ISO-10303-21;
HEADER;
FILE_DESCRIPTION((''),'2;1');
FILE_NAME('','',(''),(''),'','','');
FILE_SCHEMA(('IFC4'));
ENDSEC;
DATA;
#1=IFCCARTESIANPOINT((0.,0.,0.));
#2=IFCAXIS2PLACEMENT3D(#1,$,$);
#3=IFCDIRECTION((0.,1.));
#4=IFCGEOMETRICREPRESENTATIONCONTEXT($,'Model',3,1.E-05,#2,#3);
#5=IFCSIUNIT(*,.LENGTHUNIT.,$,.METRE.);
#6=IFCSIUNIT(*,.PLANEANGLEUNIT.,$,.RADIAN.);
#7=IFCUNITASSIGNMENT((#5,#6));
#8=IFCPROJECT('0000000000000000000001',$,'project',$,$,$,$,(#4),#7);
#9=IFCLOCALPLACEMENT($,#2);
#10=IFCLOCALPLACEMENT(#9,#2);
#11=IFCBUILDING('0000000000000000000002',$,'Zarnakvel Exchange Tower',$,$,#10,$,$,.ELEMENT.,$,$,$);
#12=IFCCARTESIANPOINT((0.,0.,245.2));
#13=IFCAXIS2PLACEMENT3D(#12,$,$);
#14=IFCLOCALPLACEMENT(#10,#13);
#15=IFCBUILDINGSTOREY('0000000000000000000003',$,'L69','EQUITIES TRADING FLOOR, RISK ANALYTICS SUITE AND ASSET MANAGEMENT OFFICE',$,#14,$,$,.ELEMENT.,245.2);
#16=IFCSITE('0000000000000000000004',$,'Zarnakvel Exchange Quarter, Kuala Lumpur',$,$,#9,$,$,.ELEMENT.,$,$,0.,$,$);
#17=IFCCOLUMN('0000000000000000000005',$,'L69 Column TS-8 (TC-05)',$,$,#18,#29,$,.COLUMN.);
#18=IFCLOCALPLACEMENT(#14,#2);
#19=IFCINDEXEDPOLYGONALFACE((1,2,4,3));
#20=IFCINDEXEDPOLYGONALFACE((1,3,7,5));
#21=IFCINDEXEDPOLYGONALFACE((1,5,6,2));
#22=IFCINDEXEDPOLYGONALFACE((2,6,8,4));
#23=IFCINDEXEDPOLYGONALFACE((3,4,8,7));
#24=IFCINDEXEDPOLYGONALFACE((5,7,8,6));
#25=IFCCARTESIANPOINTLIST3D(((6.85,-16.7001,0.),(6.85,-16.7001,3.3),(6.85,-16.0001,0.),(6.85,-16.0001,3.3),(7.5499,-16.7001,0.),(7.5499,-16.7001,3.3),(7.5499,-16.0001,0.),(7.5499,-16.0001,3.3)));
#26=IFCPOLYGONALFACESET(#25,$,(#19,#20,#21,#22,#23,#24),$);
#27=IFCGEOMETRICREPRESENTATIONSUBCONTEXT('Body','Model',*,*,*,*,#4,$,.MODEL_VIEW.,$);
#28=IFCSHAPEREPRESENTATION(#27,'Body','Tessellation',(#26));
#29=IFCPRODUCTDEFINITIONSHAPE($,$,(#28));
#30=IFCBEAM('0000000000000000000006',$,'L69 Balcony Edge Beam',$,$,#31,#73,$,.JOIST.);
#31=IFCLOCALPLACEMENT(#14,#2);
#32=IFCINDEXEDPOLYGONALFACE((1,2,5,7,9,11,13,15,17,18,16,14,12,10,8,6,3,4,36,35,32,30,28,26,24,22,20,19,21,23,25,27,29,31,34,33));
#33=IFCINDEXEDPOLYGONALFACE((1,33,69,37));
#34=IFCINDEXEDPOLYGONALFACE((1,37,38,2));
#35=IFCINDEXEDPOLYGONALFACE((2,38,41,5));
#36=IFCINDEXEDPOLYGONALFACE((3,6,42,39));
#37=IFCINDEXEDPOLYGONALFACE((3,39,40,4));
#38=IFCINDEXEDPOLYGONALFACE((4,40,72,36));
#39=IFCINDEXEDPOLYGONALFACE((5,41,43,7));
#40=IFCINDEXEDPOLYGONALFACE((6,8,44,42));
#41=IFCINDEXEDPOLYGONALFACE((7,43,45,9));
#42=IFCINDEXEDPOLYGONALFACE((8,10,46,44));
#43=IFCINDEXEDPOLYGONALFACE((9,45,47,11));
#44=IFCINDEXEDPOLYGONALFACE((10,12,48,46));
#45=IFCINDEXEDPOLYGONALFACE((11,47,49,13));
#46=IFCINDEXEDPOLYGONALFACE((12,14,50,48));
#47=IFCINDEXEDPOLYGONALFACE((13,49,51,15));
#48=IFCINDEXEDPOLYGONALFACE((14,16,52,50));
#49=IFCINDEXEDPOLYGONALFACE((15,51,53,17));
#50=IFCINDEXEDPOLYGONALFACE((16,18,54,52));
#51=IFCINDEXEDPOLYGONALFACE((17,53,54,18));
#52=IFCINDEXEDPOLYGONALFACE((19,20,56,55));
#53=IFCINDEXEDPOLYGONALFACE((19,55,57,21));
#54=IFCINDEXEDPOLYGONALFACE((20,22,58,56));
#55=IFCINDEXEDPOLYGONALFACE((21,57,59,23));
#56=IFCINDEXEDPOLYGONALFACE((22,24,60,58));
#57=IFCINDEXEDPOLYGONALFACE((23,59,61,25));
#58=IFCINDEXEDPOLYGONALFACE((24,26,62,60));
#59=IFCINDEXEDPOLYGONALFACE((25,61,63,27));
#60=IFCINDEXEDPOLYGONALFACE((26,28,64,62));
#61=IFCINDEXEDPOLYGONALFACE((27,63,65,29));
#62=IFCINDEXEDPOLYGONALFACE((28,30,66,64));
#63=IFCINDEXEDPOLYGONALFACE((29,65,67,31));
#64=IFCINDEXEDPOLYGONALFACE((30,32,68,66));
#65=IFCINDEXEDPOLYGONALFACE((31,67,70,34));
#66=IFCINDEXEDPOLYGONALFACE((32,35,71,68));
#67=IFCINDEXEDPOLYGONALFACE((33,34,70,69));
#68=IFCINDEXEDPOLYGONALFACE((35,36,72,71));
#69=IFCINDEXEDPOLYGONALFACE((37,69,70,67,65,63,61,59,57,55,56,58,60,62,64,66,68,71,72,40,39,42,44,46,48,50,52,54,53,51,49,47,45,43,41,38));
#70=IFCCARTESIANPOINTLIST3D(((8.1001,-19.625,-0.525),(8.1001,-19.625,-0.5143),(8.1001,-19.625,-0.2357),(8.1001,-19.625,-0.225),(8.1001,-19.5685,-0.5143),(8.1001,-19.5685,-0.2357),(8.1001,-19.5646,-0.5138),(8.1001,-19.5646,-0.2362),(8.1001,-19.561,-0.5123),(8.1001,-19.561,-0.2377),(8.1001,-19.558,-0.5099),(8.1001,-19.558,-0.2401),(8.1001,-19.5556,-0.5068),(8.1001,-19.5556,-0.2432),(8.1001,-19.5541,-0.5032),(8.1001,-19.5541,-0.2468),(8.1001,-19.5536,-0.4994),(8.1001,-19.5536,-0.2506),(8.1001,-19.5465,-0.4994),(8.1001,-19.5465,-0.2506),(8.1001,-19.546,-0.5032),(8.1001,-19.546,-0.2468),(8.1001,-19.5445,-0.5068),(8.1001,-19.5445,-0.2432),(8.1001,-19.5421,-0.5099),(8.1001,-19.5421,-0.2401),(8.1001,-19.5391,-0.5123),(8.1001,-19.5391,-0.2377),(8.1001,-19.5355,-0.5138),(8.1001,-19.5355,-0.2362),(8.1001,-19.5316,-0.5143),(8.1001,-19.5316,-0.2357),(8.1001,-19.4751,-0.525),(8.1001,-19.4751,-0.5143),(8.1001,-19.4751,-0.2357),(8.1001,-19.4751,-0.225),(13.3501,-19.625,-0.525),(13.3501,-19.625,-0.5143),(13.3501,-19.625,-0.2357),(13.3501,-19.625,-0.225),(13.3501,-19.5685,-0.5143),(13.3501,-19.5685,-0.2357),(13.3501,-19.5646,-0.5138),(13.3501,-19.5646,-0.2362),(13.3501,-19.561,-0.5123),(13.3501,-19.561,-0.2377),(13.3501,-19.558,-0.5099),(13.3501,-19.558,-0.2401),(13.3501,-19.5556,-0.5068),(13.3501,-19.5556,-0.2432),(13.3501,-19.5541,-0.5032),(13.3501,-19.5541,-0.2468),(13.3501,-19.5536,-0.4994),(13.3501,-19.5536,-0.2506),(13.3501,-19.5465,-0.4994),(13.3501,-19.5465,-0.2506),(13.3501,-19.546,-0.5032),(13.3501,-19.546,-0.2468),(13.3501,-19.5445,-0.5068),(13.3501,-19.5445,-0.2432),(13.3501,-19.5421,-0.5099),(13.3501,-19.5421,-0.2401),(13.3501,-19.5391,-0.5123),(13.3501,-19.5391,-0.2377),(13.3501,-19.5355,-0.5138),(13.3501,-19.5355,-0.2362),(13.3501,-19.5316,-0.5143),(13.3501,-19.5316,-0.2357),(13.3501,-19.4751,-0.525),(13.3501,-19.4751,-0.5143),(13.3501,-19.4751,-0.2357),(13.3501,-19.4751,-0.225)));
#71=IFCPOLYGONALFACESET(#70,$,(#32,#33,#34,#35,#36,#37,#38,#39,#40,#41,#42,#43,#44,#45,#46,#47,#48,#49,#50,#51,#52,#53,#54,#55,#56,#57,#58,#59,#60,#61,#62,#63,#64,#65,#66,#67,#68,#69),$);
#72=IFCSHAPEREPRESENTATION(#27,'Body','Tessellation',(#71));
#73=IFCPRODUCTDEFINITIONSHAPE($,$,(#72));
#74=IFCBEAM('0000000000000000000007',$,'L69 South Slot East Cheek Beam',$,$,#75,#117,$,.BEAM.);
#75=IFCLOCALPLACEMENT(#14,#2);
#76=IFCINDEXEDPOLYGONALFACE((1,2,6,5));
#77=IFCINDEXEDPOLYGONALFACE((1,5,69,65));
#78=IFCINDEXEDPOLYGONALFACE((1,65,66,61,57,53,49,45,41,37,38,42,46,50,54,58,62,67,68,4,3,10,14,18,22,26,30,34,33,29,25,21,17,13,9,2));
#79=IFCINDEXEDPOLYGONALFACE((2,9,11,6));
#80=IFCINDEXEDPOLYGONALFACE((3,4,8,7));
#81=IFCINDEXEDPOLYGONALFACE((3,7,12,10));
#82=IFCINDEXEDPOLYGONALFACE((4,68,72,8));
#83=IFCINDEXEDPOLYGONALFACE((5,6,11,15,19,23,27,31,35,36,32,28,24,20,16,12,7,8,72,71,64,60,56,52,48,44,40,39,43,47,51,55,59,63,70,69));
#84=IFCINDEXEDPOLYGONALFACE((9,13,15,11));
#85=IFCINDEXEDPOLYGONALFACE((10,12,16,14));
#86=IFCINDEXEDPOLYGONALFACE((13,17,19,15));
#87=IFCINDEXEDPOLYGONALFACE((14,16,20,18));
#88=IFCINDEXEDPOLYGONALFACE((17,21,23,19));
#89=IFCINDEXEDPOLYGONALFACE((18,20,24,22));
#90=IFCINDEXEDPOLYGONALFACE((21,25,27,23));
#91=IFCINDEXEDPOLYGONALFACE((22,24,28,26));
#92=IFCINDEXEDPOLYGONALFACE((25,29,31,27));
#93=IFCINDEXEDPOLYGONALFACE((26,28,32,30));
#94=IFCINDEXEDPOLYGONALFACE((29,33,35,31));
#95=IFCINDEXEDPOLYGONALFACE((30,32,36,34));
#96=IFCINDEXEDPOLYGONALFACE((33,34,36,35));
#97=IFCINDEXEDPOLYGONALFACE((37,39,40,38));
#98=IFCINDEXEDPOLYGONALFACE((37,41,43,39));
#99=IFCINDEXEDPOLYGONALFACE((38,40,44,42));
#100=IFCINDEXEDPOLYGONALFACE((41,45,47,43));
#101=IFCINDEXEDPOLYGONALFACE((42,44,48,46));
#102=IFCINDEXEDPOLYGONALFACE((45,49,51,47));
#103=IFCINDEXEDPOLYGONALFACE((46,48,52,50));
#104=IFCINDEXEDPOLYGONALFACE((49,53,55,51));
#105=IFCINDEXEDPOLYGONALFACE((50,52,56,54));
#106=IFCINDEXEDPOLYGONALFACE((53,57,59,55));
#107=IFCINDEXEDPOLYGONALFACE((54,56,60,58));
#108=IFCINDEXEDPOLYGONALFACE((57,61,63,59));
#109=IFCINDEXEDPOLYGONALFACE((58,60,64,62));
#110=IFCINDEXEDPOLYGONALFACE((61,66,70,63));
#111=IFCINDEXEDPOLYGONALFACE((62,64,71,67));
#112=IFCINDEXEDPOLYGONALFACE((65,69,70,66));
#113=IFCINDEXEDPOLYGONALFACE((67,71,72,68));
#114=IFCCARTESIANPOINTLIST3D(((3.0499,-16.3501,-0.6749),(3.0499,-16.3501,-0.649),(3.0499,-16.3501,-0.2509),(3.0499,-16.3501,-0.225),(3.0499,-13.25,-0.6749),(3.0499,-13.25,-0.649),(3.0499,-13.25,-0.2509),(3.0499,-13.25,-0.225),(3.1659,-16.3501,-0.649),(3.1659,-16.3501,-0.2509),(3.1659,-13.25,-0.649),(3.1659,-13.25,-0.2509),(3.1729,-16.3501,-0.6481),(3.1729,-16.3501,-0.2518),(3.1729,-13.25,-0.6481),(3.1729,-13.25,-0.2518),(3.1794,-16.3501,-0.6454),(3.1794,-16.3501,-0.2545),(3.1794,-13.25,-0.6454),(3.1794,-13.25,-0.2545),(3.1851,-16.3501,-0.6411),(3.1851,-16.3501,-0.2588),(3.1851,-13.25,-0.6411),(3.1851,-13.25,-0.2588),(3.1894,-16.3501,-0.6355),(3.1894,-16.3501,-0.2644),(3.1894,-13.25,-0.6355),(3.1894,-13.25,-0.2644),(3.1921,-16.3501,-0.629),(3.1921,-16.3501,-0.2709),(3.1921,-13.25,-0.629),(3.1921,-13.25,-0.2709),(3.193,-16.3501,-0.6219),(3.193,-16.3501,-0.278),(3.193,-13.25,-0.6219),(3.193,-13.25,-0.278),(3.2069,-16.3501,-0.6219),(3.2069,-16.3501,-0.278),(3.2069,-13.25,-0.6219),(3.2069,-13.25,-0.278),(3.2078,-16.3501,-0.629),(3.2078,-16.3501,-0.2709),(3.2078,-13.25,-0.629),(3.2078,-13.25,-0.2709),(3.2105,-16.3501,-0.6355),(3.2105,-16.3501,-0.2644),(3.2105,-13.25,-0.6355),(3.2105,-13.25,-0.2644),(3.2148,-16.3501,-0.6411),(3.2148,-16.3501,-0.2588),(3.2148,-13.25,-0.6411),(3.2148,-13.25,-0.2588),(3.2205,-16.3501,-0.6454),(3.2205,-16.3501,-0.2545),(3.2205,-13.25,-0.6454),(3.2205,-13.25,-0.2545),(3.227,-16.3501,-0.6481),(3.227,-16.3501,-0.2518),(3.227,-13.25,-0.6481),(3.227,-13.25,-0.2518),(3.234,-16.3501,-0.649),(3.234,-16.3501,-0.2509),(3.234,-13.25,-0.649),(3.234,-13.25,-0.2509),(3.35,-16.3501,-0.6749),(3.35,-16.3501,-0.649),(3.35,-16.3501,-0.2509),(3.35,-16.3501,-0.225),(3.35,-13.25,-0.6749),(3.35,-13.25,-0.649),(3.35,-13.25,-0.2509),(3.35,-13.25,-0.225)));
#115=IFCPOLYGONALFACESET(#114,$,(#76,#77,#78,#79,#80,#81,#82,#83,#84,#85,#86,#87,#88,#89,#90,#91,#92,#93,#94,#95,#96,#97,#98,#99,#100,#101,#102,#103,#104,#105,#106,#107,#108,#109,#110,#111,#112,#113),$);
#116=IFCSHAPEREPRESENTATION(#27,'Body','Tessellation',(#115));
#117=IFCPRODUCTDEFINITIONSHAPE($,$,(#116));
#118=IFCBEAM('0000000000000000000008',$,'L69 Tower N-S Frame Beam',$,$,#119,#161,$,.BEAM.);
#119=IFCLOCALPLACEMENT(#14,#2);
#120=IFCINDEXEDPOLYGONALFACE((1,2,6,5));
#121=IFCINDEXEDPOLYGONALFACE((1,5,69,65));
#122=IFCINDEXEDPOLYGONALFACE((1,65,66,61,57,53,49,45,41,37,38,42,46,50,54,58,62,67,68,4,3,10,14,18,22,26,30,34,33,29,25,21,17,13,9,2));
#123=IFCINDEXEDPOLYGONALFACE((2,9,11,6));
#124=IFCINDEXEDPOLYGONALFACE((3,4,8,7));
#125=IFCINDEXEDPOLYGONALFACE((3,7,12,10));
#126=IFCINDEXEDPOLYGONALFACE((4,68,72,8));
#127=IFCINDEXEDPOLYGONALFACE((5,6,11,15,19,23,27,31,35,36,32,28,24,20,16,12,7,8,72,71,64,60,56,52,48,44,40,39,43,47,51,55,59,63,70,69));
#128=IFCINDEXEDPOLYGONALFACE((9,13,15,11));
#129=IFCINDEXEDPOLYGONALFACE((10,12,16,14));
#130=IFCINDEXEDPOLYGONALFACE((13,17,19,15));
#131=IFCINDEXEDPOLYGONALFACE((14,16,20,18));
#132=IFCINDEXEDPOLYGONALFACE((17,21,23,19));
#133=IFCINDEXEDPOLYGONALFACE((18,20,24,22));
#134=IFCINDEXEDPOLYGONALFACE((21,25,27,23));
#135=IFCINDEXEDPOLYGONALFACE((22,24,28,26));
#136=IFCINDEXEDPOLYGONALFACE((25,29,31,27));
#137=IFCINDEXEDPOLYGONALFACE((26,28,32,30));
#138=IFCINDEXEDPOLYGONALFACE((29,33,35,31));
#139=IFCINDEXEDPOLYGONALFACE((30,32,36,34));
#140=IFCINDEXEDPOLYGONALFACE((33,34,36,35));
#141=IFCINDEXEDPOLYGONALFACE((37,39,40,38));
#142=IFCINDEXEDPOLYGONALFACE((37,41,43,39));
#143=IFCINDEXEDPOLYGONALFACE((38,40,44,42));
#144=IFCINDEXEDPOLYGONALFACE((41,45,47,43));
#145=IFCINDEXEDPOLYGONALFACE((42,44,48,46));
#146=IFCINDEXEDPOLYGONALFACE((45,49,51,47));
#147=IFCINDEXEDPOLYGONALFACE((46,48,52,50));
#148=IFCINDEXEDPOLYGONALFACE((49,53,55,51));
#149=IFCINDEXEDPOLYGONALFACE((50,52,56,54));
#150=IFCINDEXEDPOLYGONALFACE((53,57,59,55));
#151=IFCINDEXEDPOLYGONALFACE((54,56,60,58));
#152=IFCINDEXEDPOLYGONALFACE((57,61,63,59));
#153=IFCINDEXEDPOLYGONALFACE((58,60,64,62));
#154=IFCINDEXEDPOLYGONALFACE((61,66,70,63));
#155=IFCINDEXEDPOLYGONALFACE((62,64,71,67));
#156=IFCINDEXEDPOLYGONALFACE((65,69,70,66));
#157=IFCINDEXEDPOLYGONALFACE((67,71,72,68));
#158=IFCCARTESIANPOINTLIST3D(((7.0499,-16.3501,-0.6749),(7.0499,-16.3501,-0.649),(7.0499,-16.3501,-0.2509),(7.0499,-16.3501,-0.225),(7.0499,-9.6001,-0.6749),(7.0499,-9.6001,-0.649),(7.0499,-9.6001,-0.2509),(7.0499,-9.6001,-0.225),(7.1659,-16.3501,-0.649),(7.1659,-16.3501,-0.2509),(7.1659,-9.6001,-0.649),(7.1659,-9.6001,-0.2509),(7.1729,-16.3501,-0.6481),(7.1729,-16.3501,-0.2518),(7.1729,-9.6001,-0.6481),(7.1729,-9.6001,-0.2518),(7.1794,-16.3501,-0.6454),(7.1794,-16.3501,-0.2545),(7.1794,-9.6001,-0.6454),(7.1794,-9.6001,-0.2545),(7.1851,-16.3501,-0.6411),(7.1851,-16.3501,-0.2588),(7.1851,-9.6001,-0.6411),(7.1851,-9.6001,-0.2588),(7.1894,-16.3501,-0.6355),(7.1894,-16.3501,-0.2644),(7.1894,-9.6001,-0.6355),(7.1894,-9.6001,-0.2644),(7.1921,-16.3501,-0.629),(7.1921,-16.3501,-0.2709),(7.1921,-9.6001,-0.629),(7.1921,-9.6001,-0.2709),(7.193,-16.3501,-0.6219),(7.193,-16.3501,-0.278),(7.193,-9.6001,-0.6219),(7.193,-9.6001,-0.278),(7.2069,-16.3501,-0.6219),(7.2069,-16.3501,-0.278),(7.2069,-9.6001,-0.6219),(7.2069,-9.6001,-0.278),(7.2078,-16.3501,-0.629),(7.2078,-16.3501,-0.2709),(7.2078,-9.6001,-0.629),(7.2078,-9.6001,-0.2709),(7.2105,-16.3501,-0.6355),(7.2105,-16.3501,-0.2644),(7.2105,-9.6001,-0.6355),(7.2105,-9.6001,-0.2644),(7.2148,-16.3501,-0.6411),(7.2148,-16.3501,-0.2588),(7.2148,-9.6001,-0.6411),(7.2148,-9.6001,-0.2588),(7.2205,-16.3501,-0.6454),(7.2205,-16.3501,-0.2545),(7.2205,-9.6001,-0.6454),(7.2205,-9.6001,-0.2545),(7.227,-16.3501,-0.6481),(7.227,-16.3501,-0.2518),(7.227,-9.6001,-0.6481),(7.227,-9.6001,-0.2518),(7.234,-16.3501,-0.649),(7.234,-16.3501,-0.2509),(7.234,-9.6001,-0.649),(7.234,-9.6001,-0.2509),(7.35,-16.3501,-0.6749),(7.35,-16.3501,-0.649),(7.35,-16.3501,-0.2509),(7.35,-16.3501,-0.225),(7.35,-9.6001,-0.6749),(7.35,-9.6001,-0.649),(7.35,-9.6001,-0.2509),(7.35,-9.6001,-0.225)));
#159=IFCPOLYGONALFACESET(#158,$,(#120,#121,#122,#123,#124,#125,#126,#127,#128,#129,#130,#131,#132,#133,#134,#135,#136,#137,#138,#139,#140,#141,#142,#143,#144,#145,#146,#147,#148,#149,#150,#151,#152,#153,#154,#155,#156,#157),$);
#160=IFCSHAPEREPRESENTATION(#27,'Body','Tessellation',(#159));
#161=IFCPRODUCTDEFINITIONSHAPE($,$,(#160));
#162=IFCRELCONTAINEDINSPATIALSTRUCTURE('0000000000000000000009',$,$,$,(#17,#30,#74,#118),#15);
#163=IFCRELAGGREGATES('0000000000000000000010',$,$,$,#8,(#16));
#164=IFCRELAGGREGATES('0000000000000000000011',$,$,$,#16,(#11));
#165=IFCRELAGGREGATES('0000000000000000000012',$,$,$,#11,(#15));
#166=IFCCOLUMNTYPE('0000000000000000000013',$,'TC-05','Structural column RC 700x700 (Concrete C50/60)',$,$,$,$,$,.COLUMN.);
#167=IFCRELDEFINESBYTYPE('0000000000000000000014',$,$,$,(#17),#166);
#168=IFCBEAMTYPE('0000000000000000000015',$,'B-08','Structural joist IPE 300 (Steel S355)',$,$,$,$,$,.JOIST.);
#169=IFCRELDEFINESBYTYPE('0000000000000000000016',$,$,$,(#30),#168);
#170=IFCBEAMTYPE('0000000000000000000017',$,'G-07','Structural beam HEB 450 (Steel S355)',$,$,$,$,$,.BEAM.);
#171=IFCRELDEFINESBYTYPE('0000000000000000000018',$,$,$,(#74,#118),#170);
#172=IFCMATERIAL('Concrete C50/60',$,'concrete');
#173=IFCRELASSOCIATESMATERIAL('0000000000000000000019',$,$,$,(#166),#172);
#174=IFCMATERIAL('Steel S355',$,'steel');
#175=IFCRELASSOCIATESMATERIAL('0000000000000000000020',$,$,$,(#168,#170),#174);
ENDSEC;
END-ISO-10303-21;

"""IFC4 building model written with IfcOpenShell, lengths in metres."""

from ifc_helpers import new_model, si_unit, direction, frame, origin, origin_2d, place, context, subcontext, project, spatial, rectangle, i_section, extrude, material, material_profile, profile_set, type_object, element, save


model = new_model("IFC4")

# Units and contexts
model_context = context("Model", 3, precision=1e-05, world=origin(), true_north=direction((0.0, 1.0)))
body_context = subcontext(model_context, "Body", "Model", "MODEL_VIEW")
ifc_project = project(units=[si_unit("LENGTHUNIT", "METRE"), si_unit("PLANEANGLEUNIT", "RADIAN")], contexts=[model_context])

# Site, building, storey
site_placement = place(None, origin())
site = spatial("IfcSite", under=ifc_project, at=site_placement, Name="Zarnakvel Exchange Quarter, Kuala Lumpur", CompositionType="ELEMENT", RefElevation=0.0)
building_placement = place(site_placement, origin())
building = spatial("IfcBuilding", under=site, at=building_placement, Name="Zarnakvel Exchange Tower", CompositionType="ELEMENT")
storey_placement = place(building_placement, frame((0.0, 0.0, 245.2)))
storey = spatial("IfcBuildingStorey", under=building, at=storey_placement, Name="L69", Description="EQUITIES TRADING FLOOR, RISK ANALYTICS SUITE AND ASSET MANAGEMENT OFFICE", CompositionType="ELEMENT", Elevation=245.2)

# Column
ifc_material_1 = material(Name="Concrete C50/60", Category="concrete")
ifc_material_profile_1 = material_profile(ifc_material_1, rectangle(XDim=0.7, YDim=0.7, at=origin_2d()))
ifc_profile_set_1 = profile_set([ifc_material_profile_1], Name="Concrete C50/60")
column_type = type_object("IfcColumnType", Name="TC-05", Description="Structural column RC 700x700 (Concrete C50/60)", PredefinedType="COLUMN", material=ifc_profile_set_1)
column_placement = place(storey_placement, frame((7.2, -16.3501, 0.0), z_axis=(0.0, 0.0, 1.0), x_axis=(1.0, 0.0, 0.0)))
element("IfcColumn", 1, at=column_placement, inside=storey, type_object=column_type, Name="L69 Column TS-8 (TC-05)", PredefinedType="COLUMN", context=body_context, shape_type="SweptSolid", body=[
    extrude(rectangle(XDim=0.7, YDim=0.7, at=origin_2d()), origin(), (0.0, 0.0, 1.0), 3.3),
])

# Beams
ifc_material_2 = material(Name="Steel S355", Category="steel")
ifc_material_profile_2 = material_profile(ifc_material_2, i_section(OverallWidth=0.1499, OverallDepth=0.3, WebThickness=0.0071, FlangeThickness=0.0107, FilletRadius=0.0149, at=origin_2d()))
ifc_profile_set_2 = profile_set([ifc_material_profile_2], Name="Steel S355")
beam_type_1 = type_object("IfcBeamType", Name="B-08", Description="Structural joist IPE 300 (Steel S355)", PredefinedType="JOIST", material=ifc_profile_set_2)
beam_1_placement = place(storey_placement, frame((8.1001, -19.55, -0.375), z_axis=(1.0, 0.0, 0.0), x_axis=(0.0, 1.0, 0.0)))
element("IfcBeam", 2, at=beam_1_placement, inside=storey, type_object=beam_type_1, Name="L69 Balcony Edge Beam", PredefinedType="JOIST", context=body_context, shape_type="SweptSolid", body=[
    extrude(i_section(OverallWidth=0.1499, OverallDepth=0.3, WebThickness=0.0071, FlangeThickness=0.0107, FilletRadius=0.0149, at=origin_2d()), origin(), (0.0, 0.0, 1.0), 5.25),
])
ifc_material_profile_3 = material_profile(ifc_material_2, i_section(OverallWidth=0.3, OverallDepth=0.45, WebThickness=0.0139, FlangeThickness=0.0259, FilletRadius=0.0271, at=origin_2d()))
ifc_profile_set_3 = profile_set([ifc_material_profile_3], Name="Steel S355")
beam_type_2 = type_object("IfcBeamType", Name="G-07", Description="Structural beam HEB 450 (Steel S355)", PredefinedType="BEAM", material=ifc_profile_set_3)
beam_2_placement = place(storey_placement, frame((3.2, -16.3501, -0.45), z_axis=(0.0, 1.0, 0.0), x_axis=(-1.0, 0.0, 0.0)))
element("IfcBeam", 3, at=beam_2_placement, inside=storey, type_object=beam_type_2, Name="L69 South Slot East Cheek Beam", PredefinedType="BEAM", context=body_context, shape_type="SweptSolid", body=[
    extrude(i_section(OverallWidth=0.3, OverallDepth=0.45, WebThickness=0.0139, FlangeThickness=0.0259, FilletRadius=0.0271, at=origin_2d()), origin(), (0.0, 0.0, 1.0), 3.1001),
])
beam_3_placement = place(storey_placement, frame((7.2, -16.3501, -0.45), z_axis=(0.0, 1.0, 0.0), x_axis=(-1.0, 0.0, 0.0)))
element("IfcBeam", 4, at=beam_3_placement, inside=storey, type_object=beam_type_2, Name="L69 Tower N-S Frame Beam", PredefinedType="BEAM", context=body_context, shape_type="SweptSolid", body=[
    extrude(i_section(OverallWidth=0.3, OverallDepth=0.45, WebThickness=0.0139, FlangeThickness=0.0259, FilletRadius=0.0271, at=origin_2d()), origin(), (0.0, 0.0, 1.0), 6.75),
])

save(model, "model.ifc")
